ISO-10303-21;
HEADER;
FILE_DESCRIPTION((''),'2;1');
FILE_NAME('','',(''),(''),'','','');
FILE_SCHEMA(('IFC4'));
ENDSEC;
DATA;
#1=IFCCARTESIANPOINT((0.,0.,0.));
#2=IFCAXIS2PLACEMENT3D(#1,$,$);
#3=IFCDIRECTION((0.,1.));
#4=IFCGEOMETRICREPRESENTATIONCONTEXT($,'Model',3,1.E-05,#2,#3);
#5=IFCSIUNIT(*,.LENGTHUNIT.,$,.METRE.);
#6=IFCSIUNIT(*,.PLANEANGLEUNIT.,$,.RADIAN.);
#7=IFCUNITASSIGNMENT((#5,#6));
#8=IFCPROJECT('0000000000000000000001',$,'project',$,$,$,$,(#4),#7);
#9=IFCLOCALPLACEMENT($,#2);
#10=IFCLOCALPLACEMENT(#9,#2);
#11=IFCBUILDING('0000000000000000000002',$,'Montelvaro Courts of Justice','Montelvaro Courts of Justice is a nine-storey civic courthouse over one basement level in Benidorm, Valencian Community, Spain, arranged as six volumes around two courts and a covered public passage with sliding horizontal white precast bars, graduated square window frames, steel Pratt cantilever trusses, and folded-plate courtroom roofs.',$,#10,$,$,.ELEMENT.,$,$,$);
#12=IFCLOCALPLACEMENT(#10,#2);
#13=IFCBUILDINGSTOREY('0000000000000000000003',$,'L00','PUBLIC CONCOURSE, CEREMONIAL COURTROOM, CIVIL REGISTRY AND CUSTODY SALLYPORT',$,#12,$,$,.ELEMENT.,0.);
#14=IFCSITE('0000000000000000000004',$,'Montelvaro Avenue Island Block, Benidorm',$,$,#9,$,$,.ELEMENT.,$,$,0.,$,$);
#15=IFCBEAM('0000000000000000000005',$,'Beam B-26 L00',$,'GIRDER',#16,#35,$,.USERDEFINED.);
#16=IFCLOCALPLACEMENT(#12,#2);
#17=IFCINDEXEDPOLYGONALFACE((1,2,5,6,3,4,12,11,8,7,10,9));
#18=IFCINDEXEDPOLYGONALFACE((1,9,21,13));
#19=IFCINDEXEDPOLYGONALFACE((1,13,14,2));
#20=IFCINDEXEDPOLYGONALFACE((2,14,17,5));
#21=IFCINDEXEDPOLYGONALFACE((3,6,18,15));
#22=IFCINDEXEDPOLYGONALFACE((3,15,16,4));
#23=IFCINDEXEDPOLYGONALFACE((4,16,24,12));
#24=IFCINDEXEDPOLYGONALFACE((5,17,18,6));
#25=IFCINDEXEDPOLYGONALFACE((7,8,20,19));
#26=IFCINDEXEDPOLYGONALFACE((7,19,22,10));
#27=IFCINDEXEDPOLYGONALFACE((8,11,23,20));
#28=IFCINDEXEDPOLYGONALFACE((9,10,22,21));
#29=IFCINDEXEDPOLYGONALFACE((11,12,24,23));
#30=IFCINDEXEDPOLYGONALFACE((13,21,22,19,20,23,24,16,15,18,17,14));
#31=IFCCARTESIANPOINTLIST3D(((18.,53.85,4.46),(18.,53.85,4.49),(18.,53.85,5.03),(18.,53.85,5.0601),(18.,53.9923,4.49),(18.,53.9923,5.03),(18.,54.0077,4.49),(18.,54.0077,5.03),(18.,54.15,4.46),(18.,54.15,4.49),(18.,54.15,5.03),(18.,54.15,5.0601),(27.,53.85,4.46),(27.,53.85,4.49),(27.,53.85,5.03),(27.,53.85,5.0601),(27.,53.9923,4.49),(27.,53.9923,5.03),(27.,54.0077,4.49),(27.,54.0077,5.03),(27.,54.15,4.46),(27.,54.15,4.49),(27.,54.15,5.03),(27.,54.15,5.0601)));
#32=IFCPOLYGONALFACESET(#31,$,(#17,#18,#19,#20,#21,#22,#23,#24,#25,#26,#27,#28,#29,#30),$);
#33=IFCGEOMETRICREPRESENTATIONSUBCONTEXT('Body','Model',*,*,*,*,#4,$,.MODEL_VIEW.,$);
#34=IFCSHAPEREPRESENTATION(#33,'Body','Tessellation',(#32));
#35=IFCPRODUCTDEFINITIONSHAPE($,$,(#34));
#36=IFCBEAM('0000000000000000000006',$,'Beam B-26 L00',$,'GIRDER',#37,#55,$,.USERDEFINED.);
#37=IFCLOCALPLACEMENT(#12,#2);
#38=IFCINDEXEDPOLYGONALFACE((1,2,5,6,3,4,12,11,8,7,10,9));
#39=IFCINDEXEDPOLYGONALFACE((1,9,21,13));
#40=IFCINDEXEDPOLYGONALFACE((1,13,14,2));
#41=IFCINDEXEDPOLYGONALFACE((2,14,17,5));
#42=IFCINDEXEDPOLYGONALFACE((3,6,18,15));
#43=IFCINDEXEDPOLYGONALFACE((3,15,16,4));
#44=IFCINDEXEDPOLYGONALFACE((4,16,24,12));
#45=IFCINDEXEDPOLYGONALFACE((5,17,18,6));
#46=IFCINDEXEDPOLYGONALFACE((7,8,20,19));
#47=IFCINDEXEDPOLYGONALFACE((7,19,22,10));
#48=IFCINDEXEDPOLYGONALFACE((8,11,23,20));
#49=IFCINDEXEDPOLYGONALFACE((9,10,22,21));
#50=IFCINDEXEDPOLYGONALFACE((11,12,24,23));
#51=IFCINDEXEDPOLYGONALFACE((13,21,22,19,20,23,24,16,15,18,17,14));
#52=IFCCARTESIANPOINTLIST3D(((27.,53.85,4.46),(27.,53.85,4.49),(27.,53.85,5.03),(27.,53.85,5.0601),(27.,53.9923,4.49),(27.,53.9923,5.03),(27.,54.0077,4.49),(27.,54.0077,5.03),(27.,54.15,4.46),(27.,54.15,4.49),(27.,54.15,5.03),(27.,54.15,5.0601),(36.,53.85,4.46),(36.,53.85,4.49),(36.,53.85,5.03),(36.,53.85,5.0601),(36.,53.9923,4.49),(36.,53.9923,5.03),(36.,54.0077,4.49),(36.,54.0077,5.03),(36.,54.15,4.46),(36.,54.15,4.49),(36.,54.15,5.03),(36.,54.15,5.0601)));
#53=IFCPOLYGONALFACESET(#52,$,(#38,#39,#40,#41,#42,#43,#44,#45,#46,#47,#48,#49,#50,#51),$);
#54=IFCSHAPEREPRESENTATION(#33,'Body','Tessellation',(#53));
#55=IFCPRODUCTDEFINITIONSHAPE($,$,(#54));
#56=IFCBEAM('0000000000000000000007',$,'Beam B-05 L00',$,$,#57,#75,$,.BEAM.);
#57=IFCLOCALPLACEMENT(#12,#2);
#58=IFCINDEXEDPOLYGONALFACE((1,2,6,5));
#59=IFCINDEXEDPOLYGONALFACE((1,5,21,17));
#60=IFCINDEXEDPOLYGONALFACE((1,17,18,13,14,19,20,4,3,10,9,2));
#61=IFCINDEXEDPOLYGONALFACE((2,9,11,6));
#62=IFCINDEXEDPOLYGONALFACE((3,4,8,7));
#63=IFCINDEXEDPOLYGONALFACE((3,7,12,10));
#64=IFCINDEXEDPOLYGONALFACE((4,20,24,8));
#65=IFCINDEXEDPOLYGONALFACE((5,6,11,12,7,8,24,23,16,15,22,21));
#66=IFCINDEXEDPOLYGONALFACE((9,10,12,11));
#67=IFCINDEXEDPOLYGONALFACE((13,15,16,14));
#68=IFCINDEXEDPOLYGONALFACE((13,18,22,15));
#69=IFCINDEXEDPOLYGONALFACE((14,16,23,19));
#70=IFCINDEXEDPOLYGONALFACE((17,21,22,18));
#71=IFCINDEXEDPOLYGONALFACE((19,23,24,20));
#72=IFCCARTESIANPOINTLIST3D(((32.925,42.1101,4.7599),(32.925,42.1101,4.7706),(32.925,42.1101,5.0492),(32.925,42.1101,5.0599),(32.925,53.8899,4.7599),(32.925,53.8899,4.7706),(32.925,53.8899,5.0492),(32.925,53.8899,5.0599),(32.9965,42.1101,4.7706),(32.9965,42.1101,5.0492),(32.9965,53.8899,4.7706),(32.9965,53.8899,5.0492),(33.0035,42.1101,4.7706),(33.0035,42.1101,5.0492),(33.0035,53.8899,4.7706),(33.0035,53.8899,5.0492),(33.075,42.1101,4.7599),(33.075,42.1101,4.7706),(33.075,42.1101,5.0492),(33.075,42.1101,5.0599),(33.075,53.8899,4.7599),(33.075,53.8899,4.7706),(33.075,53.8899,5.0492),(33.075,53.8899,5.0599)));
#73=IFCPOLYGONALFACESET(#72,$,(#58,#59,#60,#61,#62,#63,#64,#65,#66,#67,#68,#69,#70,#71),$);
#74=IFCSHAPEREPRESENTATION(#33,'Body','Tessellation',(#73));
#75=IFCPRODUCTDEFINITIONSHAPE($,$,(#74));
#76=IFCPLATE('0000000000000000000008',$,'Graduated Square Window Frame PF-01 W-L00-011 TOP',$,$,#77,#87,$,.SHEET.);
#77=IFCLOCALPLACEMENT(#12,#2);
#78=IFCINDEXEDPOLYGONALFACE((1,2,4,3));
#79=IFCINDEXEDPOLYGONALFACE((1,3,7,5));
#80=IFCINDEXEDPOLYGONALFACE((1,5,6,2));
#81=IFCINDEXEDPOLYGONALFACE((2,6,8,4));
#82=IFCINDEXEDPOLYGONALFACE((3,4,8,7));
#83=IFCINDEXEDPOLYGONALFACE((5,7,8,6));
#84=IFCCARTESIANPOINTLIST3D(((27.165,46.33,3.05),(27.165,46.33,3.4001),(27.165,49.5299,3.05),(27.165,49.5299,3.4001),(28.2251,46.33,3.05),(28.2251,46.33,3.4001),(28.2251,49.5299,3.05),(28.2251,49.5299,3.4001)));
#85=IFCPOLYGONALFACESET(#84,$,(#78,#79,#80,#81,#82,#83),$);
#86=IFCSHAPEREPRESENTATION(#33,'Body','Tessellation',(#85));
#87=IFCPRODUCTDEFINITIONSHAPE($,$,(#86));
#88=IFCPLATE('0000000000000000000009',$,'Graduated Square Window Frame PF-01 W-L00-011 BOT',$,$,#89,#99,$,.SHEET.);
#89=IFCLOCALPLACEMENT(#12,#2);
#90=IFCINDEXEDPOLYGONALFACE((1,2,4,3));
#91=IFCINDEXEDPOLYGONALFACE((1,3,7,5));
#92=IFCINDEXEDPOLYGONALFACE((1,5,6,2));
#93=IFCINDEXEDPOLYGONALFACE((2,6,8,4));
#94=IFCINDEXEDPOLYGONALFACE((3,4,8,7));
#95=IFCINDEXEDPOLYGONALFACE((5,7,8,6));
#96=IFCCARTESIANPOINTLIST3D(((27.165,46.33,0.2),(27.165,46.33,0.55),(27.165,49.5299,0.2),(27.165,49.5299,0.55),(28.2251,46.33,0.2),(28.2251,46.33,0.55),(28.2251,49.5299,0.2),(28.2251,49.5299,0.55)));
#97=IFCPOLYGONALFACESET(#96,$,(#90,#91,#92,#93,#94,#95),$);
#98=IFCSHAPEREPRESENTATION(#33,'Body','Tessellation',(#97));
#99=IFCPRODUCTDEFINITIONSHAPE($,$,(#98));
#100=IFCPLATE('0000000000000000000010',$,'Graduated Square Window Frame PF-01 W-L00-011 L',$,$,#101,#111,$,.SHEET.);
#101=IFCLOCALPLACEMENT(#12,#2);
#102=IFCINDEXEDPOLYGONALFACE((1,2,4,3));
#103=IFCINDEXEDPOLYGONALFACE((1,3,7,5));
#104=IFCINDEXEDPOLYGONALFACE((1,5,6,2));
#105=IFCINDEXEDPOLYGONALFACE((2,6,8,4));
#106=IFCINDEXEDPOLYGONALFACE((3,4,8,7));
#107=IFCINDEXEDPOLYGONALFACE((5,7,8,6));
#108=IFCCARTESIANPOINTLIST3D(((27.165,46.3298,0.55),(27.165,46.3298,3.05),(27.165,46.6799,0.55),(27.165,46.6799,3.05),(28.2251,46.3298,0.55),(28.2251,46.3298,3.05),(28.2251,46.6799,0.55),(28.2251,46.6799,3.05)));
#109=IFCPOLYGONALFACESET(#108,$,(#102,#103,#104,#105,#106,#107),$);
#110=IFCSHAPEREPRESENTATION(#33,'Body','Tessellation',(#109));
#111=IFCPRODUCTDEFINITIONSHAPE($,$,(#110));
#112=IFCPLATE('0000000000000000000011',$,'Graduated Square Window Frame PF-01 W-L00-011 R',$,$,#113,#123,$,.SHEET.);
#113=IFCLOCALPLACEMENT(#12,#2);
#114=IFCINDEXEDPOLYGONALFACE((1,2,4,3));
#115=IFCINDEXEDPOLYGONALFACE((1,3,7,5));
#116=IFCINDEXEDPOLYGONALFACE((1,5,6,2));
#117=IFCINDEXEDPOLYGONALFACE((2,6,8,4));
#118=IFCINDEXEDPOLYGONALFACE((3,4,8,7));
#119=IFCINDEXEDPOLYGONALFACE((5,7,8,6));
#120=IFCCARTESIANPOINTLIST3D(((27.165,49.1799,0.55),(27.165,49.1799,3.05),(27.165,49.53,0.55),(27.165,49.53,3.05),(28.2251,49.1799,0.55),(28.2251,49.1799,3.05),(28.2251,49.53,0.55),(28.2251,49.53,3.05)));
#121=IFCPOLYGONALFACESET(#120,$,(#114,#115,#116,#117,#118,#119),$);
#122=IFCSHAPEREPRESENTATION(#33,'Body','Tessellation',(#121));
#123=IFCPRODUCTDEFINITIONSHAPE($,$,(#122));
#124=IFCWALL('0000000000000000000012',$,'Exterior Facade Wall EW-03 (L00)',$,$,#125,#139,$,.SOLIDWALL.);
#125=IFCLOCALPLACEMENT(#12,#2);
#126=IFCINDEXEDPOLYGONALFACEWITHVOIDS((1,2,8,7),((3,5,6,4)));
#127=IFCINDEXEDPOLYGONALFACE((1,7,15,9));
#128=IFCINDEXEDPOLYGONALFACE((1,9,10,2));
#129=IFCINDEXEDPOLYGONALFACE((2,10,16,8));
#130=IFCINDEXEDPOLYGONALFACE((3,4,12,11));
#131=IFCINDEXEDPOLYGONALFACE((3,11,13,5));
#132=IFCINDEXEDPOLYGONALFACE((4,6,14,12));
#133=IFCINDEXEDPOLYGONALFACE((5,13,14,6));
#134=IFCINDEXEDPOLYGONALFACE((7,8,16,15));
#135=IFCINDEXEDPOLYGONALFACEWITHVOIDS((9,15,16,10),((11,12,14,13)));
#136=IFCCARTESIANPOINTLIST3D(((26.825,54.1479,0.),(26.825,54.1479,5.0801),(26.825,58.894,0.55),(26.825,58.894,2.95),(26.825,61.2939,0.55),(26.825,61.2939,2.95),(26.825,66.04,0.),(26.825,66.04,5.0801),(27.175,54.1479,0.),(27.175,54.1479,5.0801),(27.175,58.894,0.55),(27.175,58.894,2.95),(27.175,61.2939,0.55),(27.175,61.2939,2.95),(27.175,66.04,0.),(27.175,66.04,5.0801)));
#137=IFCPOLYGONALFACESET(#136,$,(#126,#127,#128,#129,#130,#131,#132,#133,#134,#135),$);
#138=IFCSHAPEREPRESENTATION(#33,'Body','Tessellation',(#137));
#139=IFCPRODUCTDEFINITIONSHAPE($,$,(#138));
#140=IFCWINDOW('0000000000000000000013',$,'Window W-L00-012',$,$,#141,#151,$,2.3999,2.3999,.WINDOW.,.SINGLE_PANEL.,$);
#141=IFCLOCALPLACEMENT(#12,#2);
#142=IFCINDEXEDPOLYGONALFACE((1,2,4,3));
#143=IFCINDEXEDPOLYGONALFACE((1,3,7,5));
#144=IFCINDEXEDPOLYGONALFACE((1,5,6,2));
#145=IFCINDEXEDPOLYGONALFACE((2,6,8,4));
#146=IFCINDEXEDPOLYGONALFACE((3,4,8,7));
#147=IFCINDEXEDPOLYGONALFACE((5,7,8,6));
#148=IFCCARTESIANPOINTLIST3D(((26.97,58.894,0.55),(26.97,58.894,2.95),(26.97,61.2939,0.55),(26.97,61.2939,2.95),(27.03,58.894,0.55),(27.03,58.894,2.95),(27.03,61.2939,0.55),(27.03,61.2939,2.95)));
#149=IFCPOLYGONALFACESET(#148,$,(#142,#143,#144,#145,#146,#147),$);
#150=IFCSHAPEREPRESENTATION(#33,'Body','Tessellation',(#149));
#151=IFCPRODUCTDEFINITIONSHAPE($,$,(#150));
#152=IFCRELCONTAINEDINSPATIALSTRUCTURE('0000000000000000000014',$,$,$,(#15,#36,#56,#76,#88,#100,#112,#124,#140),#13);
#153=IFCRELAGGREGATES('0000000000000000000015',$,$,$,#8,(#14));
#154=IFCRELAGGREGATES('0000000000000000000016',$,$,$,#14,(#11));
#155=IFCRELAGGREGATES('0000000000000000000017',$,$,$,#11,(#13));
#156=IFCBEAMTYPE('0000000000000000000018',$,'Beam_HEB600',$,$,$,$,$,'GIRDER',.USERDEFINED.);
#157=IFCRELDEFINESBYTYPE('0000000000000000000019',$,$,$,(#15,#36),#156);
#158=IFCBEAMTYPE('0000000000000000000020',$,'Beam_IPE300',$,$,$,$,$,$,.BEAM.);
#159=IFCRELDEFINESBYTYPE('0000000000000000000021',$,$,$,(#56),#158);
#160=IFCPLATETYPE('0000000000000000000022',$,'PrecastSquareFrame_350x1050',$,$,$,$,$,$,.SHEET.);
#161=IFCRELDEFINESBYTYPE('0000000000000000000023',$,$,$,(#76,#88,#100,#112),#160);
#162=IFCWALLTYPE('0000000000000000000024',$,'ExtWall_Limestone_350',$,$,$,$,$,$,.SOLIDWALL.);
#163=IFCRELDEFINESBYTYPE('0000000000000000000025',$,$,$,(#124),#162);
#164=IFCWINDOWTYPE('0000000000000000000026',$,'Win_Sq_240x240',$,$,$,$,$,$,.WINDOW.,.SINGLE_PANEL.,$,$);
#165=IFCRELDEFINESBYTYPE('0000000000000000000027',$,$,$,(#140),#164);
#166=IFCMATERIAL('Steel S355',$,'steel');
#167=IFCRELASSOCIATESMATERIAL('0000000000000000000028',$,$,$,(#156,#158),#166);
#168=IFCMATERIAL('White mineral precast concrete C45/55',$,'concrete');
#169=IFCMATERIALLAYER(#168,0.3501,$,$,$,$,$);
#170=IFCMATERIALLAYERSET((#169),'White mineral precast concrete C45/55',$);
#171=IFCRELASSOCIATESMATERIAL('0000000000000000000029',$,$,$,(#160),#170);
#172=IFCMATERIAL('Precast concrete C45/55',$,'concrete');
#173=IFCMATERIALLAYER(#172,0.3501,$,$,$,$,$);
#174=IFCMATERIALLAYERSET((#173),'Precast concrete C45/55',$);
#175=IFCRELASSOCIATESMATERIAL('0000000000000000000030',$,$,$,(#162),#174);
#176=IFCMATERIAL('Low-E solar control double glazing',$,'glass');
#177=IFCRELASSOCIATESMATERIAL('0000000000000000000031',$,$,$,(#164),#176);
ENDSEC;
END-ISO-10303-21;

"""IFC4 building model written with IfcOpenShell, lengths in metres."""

from ifc_helpers import new_model, si_unit, direction, frame, frame_2d, origin, origin_2d, place, context, subcontext, project, spatial, rectangle, i_section, extrude, material, layer, layer_set, material_profile, profile_set, type_object, element, fill, save


model = new_model("IFC4")

# Units and contexts
model_context = context("Model", 3, precision=1e-05, world=origin(), true_north=direction((0.0, 1.0)))
body_context = subcontext(model_context, "Body", "Model", "MODEL_VIEW")
ifc_project = project(units=[si_unit("LENGTHUNIT", "METRE"), si_unit("PLANEANGLEUNIT", "RADIAN")], contexts=[model_context])

# Site, building, storey
site_placement = place(None, origin())
site = spatial("IfcSite", under=ifc_project, at=site_placement, Name="Montelvaro Avenue Island Block, Benidorm", CompositionType="ELEMENT", RefElevation=0.0)
building_placement = place(site_placement, origin())
building = spatial("IfcBuilding", under=site, at=building_placement, Name="Montelvaro Courts of Justice", Description="Montelvaro Courts of Justice is a nine-storey civic courthouse over one basement level in Benidorm, Valencian Community, Spain, arranged as six volumes around two courts and a covered public passage with sliding horizontal white precast bars, graduated square window frames, steel Pratt cantilever trusses, and folded-plate courtroom roofs.", CompositionType="ELEMENT")
storey_placement = place(building_placement, origin())
storey = spatial("IfcBuildingStorey", under=building, at=storey_placement, Name="L00", Description="PUBLIC CONCOURSE, CEREMONIAL COURTROOM, CIVIL REGISTRY AND CUSTODY SALLYPORT", CompositionType="ELEMENT", Elevation=0.0)

# Shared definitions
ifc_material_1 = material(Name="Steel S355", Category="steel")

# Beams
ifc_material_profile_1 = material_profile(ifc_material_1, i_section(OverallWidth=0.3, OverallDepth=0.6001, WebThickness=0.0154, FlangeThickness=0.03, at=origin_2d()), Name="HEB 600")
ifc_profile_set_1 = profile_set([ifc_material_profile_1], Name="Steel S355")
beam_type_1 = type_object("IfcBeamType", Name="Beam_HEB600", ElementType="GIRDER", PredefinedType="USERDEFINED", material=ifc_profile_set_1)
for number, where, z_axis, x_axis, name in (
    (1, (18.0, 54.0, 4.76), (1.0, 0.0, 0.0), (0.0, 1.0, 0.0), "Beam B-26 L00"),
    (2, (27.0, 54.0, 4.76), (1.0, 0.0, 0.0), (0.0, 1.0, 0.0), "Beam B-26 L00"),
):
    element("IfcBeam", number, at=place(storey_placement, frame(where, z_axis=z_axis, x_axis=x_axis)), inside=storey, type_object=beam_type_1, Name=name, ObjectType="GIRDER", PredefinedType="USERDEFINED", context=body_context, shape_type="SweptSolid", body=[
        extrude(i_section(OverallWidth=0.3, OverallDepth=0.6001, WebThickness=0.0154, FlangeThickness=0.03, at=origin_2d()), origin(), (0.0, 0.0, 1.0), 9.0),
    ])
ifc_material_profile_2 = material_profile(ifc_material_1, i_section(OverallWidth=0.1499, OverallDepth=0.3, WebThickness=0.0071, FlangeThickness=0.0107, at=origin_2d()), Name="IPE 300")
ifc_profile_set_2 = profile_set([ifc_material_profile_2], Name="Steel S355")
beam_type_2 = type_object("IfcBeamType", Name="Beam_IPE300", PredefinedType="BEAM", material=ifc_profile_set_2)
beam_1_placement = place(storey_placement, frame((33.0, 42.1101, 4.9099), z_axis=(0.0, 1.0, 0.0), x_axis=(-1.0, 0.0, 0.0)))
element("IfcBeam", 3, at=beam_1_placement, inside=storey, type_object=beam_type_2, Name="Beam B-05 L00", PredefinedType="BEAM", context=body_context, shape_type="SweptSolid", body=[
    extrude(i_section(OverallWidth=0.1499, OverallDepth=0.3, WebThickness=0.0071, FlangeThickness=0.0107, at=origin_2d()), origin(), (0.0, 0.0, 1.0), 11.7798),
])

# Plates
ifc_material_2 = material(Name="White mineral precast concrete C45/55", Category="concrete")
ifc_layer_1 = layer(ifc_material_2, 0.3501)
ifc_layer_set_1 = layer_set([ifc_layer_1], Name="White mineral precast concrete C45/55")
plate_type = type_object("IfcPlateType", Name="PrecastSquareFrame_350x1050", PredefinedType="SHEET", material=ifc_layer_set_1)
for number, where, z_axis, x_axis, name in (
    (4, (27.6951, 47.9299, 3.05), (0.0, 0.0, 1.0), (0.0, 1.0, 0.0), "Graduated Square Window Frame PF-01 W-L00-011 TOP"),
    (5, (27.6951, 47.9299, 0.2), (0.0, 0.0, 1.0), (0.0, 1.0, 0.0), "Graduated Square Window Frame PF-01 W-L00-011 BOT"),
):
    element("IfcPlate", number, at=place(storey_placement, frame(where, z_axis=z_axis, x_axis=x_axis)), inside=storey, type_object=plate_type, Name=name, PredefinedType="SHEET", context=body_context, shape_type="SweptSolid", body=[
        extrude(rectangle(XDim=3.2, YDim=1.0601, at=origin_2d()), origin(), (0.0, 0.0, 1.0), 0.3501),
    ])
for number, where, z_axis, x_axis, name in (
    (6, (27.6951, 46.5049, 0.55), (0.0, 0.0, 1.0), (0.0, 1.0, 0.0), "Graduated Square Window Frame PF-01 W-L00-011 L"),
    (7, (27.6951, 49.355, 0.55), (0.0, 0.0, 1.0), (0.0, 1.0, 0.0), "Graduated Square Window Frame PF-01 W-L00-011 R"),
):
    element("IfcPlate", number, at=place(storey_placement, frame(where, z_axis=z_axis, x_axis=x_axis)), inside=storey, type_object=plate_type, Name=name, PredefinedType="SHEET", context=body_context, shape_type="SweptSolid", body=[
        extrude(rectangle(XDim=0.3501, YDim=1.0601, at=origin_2d()), origin(), (0.0, 0.0, 1.0), 2.5),
    ])

# Wall, opening, window
ifc_material_3 = material(Name="Precast concrete C45/55", Category="concrete")
ifc_layer_2 = layer(ifc_material_3, 0.3501)
ifc_layer_set_2 = layer_set([ifc_layer_2], Name="Precast concrete C45/55")
wall_type = type_object("IfcWallType", Name="ExtWall_Limestone_350", PredefinedType="SOLIDWALL", material=ifc_layer_set_2)
wall_placement = place(storey_placement, frame((27.0, 54.1479, 0.0), z_axis=(0.0, 0.0, 1.0), x_axis=(0.0, 1.0, 0.0)))
wall = element("IfcWall", 8, at=wall_placement, inside=storey, type_object=wall_type, Name="Exterior Facade Wall EW-03 (L00)", PredefinedType="SOLIDWALL", context=body_context, shape_type="SweptSolid", body=[
    extrude(rectangle(XDim=11.8921, YDim=0.3501, at=frame_2d((5.946, 0.0))), origin(), (0.0, 0.0, 1.0), 5.0801),
])
opening_placement = place(wall_placement, frame((4.7461, 0.0, 0.55)))
opening = element("IfcOpeningElement", 9, at=opening_placement, cuts=wall, PredefinedType="OPENING", context=body_context, shape_type="SweptSolid", body=[
    extrude(rectangle(XDim=2.3999, YDim=2.3999, at=frame_2d((1.2, 1.2))), frame((0.0, 0.1899, 0.0), z_axis=(0.0, -1.0, 0.0), x_axis=(1.0, 0.0, 0.0)), (0.0, 0.0, 1.0), 0.3799),
])
ifc_material_4 = material(Name="Low-E solar control double glazing", Category="glass")
window_type = type_object("IfcWindowType", Name="Win_Sq_240x240", PartitioningType="SINGLE_PANEL", PredefinedType="WINDOW", material=ifc_material_4)
window_placement = place(opening_placement, origin())
window = element("IfcWindow", 10, at=window_placement, inside=storey, type_object=window_type, Name="Window W-L00-012", OverallHeight=2.3999, OverallWidth=2.3999, PartitioningType="SINGLE_PANEL", PredefinedType="WINDOW", context=body_context, shape_type="SweptSolid", body=[
    extrude(rectangle(XDim=2.3999, YDim=2.3999, at=frame_2d((1.2, 1.2))), frame((0.0, 0.03, 0.0), z_axis=(0.0, -1.0, 0.0), x_axis=(1.0, 0.0, 0.0)), (0.0, 0.0, 1.0), 0.0601),
])
fill(opening, window)

save(model, "model.ifc")
